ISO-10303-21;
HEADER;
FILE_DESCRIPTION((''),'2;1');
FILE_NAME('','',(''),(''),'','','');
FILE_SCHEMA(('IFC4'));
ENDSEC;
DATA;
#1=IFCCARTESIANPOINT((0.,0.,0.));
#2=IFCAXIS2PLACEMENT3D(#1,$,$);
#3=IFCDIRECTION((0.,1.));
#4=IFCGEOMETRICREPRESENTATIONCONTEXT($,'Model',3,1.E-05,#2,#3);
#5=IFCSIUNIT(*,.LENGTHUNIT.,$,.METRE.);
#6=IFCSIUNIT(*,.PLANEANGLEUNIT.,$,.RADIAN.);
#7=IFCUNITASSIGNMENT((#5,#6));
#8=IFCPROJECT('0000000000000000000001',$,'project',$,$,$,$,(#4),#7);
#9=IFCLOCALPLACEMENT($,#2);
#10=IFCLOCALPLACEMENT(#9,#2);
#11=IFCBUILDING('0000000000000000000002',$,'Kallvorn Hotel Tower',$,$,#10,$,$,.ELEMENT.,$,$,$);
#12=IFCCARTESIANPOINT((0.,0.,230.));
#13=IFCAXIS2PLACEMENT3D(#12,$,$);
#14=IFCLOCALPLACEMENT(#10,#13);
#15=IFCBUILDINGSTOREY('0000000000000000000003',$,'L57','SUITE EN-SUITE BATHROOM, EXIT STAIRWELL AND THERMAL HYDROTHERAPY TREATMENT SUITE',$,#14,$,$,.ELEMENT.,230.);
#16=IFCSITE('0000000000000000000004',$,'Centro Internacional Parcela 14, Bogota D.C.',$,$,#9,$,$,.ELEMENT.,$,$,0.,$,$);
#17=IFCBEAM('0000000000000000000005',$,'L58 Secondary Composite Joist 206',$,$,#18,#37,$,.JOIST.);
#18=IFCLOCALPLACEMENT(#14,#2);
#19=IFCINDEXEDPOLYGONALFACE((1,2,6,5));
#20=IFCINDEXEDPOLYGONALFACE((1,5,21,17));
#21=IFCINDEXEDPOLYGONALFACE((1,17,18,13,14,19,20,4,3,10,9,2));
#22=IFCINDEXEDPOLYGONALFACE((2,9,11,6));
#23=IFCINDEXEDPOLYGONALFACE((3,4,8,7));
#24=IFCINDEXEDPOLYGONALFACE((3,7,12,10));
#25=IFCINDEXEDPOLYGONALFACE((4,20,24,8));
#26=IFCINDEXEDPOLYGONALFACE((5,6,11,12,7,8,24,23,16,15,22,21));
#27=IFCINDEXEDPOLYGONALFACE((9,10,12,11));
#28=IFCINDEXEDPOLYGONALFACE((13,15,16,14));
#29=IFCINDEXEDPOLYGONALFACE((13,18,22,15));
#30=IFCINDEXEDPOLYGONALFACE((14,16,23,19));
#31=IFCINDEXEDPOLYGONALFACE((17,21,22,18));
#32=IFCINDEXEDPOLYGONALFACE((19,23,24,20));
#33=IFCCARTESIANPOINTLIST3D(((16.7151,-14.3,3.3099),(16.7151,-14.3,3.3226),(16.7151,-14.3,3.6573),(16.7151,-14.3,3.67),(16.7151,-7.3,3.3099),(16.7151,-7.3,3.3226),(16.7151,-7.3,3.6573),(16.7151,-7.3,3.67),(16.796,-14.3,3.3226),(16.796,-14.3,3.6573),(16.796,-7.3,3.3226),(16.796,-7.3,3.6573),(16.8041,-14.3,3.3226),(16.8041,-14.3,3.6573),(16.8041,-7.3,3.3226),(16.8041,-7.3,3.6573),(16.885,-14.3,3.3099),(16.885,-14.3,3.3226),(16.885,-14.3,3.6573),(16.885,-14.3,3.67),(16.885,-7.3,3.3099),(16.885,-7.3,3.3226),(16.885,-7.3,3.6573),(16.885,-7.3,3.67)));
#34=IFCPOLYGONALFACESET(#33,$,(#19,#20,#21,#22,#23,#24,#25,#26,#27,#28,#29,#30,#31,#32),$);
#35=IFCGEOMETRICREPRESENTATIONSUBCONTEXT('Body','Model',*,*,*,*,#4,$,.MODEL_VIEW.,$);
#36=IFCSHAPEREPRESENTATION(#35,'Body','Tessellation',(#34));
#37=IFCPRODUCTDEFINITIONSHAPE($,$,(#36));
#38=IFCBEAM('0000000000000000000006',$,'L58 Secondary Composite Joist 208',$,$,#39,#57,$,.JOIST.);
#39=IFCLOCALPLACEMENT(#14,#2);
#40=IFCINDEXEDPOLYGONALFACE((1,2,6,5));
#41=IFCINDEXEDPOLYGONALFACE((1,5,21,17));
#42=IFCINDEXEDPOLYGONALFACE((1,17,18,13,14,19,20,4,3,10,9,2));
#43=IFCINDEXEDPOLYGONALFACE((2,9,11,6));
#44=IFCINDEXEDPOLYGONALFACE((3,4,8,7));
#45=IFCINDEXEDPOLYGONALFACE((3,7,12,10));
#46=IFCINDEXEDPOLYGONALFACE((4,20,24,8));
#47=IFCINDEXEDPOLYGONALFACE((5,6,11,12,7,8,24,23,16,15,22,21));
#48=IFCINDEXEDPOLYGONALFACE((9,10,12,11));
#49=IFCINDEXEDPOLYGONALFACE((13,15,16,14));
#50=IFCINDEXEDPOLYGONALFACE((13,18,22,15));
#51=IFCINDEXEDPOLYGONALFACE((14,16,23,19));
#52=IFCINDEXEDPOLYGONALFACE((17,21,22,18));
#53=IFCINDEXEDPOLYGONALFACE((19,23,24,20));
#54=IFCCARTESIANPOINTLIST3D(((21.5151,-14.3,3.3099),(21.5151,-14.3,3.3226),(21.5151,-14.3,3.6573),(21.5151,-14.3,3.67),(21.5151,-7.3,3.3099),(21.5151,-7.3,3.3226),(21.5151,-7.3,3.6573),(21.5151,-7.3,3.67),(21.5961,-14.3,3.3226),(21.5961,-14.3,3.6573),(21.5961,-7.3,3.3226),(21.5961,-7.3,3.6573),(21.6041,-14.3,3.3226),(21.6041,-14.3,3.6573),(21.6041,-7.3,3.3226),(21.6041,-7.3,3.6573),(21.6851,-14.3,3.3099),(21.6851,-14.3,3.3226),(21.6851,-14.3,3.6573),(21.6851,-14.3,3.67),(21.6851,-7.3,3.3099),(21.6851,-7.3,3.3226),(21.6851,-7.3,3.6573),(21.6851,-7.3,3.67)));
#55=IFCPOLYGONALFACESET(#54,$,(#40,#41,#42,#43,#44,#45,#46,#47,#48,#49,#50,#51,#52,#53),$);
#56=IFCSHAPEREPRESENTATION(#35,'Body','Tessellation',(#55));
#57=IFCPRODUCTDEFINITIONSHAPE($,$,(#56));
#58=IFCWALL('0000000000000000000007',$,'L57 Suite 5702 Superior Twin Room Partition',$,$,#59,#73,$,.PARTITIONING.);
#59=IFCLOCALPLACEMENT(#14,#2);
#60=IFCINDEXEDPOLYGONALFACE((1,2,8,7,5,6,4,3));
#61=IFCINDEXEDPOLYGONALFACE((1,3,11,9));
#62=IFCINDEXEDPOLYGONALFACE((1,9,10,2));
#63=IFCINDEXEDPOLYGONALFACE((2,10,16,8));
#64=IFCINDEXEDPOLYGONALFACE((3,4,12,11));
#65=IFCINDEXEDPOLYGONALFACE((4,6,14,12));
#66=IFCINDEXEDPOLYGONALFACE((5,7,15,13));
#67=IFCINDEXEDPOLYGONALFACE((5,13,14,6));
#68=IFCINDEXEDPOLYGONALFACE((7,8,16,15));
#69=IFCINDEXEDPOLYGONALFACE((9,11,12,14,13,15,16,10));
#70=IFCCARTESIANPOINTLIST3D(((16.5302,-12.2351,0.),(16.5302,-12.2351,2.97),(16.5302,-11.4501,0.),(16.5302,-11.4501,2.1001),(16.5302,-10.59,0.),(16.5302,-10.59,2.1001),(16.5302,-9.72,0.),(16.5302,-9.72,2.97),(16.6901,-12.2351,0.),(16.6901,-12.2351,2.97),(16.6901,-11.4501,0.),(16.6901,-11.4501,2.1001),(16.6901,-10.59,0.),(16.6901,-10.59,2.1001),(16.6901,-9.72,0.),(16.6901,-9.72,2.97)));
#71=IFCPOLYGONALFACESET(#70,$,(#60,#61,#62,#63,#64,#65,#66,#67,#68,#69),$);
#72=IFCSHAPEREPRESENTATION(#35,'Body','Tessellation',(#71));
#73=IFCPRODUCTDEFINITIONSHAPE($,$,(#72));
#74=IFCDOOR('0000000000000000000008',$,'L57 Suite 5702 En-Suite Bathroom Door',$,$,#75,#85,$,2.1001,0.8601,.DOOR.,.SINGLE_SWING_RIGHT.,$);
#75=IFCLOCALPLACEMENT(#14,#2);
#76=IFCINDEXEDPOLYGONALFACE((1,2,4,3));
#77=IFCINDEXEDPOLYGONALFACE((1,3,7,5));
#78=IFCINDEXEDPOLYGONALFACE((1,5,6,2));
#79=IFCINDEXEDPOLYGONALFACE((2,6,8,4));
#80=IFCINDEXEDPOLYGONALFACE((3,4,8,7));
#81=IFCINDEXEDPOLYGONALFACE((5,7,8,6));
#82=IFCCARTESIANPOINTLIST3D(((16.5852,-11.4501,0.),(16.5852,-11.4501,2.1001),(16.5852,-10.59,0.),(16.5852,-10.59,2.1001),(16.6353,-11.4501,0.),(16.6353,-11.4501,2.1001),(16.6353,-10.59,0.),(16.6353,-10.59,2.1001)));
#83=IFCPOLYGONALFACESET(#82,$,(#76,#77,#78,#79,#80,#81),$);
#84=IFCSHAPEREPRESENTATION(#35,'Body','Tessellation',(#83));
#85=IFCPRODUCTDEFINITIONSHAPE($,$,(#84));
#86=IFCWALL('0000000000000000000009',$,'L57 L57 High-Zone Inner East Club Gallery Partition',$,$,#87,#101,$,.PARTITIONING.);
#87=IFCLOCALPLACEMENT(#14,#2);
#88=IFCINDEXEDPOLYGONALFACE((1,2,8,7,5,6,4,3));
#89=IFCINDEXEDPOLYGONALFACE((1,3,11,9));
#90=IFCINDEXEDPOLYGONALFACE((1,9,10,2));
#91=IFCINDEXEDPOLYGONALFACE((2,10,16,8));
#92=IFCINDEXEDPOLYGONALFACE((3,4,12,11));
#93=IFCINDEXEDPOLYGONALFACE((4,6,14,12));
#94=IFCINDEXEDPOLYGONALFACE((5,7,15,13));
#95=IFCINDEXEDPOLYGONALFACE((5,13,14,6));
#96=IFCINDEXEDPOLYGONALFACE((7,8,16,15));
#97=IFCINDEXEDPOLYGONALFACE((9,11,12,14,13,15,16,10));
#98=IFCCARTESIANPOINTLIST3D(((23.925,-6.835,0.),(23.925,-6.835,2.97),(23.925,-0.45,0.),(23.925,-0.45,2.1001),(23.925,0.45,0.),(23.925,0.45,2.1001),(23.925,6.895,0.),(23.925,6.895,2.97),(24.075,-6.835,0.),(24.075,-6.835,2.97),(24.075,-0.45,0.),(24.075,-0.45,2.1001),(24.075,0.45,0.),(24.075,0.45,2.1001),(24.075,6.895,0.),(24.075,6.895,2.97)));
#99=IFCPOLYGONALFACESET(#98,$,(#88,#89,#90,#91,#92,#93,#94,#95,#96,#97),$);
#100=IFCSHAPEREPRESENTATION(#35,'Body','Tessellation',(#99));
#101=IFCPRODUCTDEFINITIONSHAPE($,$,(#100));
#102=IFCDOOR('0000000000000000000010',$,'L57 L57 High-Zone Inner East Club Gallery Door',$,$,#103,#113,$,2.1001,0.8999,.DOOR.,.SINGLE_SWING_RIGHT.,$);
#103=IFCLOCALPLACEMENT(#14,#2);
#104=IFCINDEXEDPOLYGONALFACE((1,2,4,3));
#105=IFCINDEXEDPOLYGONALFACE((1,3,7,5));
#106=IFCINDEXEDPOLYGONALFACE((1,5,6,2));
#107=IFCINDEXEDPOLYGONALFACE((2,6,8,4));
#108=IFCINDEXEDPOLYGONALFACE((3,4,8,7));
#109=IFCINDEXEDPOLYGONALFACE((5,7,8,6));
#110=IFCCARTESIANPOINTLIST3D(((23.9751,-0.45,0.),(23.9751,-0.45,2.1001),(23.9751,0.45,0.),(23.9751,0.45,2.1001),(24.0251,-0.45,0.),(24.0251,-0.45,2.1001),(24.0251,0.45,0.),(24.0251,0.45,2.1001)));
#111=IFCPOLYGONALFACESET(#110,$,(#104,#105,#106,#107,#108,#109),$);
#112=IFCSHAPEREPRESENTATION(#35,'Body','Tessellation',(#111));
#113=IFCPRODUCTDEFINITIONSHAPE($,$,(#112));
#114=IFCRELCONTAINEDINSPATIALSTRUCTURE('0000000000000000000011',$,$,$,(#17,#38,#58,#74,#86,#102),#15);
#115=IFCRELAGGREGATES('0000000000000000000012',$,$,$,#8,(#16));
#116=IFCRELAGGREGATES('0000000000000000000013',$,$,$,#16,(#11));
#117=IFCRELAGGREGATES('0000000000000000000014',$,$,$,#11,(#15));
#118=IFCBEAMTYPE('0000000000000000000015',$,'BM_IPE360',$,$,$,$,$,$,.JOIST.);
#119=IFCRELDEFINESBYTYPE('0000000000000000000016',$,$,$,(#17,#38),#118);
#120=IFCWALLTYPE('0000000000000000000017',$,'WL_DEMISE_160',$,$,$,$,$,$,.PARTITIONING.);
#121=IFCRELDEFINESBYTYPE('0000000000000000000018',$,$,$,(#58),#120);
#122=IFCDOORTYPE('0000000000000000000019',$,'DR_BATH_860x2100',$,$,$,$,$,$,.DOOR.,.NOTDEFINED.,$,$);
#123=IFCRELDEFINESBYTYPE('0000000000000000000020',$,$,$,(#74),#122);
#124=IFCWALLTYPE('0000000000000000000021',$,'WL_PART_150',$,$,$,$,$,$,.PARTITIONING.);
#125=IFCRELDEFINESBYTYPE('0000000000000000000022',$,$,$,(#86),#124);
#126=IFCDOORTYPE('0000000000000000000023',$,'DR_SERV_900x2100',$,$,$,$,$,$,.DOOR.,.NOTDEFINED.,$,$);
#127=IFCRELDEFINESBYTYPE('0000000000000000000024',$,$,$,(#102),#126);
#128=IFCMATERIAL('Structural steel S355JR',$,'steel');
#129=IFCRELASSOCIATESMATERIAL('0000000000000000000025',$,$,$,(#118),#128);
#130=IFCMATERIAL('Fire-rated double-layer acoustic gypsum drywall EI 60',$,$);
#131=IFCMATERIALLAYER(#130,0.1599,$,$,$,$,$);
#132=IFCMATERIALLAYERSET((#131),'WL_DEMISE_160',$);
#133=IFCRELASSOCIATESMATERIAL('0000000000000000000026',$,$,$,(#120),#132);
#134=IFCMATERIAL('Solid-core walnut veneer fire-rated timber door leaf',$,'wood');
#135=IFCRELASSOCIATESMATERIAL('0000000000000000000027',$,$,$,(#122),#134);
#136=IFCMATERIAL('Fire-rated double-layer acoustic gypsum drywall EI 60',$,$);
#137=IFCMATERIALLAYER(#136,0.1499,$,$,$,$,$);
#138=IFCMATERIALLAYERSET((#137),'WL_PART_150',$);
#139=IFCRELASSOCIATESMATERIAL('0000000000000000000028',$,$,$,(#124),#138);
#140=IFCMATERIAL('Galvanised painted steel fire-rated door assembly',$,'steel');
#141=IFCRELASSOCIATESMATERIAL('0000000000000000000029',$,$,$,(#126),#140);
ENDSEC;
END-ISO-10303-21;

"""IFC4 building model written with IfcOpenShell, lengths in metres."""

from ifc_helpers import new_model, si_unit, direction, frame, frame_2d, origin, origin_2d, place, context, subcontext, project, spatial, rectangle, i_section, extrude, material, layer, layer_set, material_profile, profile_set, type_object, element, fill, save


model = new_model("IFC4")

# Units and contexts
model_context = context("Model", 3, precision=1e-05, world=origin(), true_north=direction((0.0, 1.0)))
body_context = subcontext(model_context, "Body", "Model", "MODEL_VIEW")
ifc_project = project(units=[si_unit("LENGTHUNIT", "METRE"), si_unit("PLANEANGLEUNIT", "RADIAN")], contexts=[model_context])

# Site, building, storey
site_placement = place(None, origin())
site = spatial("IfcSite", under=ifc_project, at=site_placement, Name="Centro Internacional Parcela 14, Bogota D.C.", CompositionType="ELEMENT", RefElevation=0.0)
building_placement = place(site_placement, origin())
building = spatial("IfcBuilding", under=site, at=building_placement, Name="Kallvorn Hotel Tower", CompositionType="ELEMENT")
storey_placement = place(building_placement, frame((0.0, 0.0, 230.0)))
storey = spatial("IfcBuildingStorey", under=building, at=storey_placement, Name="L57", Description="SUITE EN-SUITE BATHROOM, EXIT STAIRWELL AND THERMAL HYDROTHERAPY TREATMENT SUITE", CompositionType="ELEMENT", Elevation=230.0)

# Beams
ifc_material_1 = material(Name="Structural steel S355JR", Category="steel")
ifc_material_profile_1 = material_profile(ifc_material_1, i_section(OverallWidth=0.1699, OverallDepth=0.3601, WebThickness=0.0081, FlangeThickness=0.0127, at=origin_2d()), Name="IPE 360")
ifc_profile_set_1 = profile_set([ifc_material_profile_1], Name="Structural steel S355JR")
beam_type_1 = type_object("IfcBeamType", Name="BM_IPE360", PredefinedType="JOIST", material=ifc_profile_set_1)
for number, where, z_axis, x_axis, name in (
    (1, (16.8, -14.3, 3.49), (0.0, 1.0, 0.0), (-1.0, 0.0, 0.0), "L58 Secondary Composite Joist 206"),
    (2, (21.6001, -14.3, 3.49), (0.0, 1.0, 0.0), (-1.0, 0.0, 0.0), "L58 Secondary Composite Joist 208"),
):
    element("IfcBeam", number, at=place(storey_placement, frame(where, z_axis=z_axis, x_axis=x_axis)), inside=storey, type_object=beam_type_1, Name=name, PredefinedType="JOIST", context=body_context, shape_type="SweptSolid", body=[
        extrude(i_section(OverallWidth=0.1699, OverallDepth=0.3601, WebThickness=0.0081, FlangeThickness=0.0127, at=origin_2d()), origin(), (0.0, 0.0, 1.0), 7.0),
    ])

# Walls, openings, doors
ifc_material_2 = material(Name="Fire-rated double-layer acoustic gypsum drywall EI 60")
ifc_layer_1 = layer(ifc_material_2, 0.1599)
ifc_layer_set_1 = layer_set([ifc_layer_1], Name="WL_DEMISE_160")
wall_type_1 = type_object("IfcWallType", Name="WL_DEMISE_160", PredefinedType="PARTITIONING", material=ifc_layer_set_1)
wall_1_placement = place(storey_placement, frame((16.6101, -12.2351, 0.0), z_axis=(0.0, 0.0, 1.0), x_axis=(0.0, 1.0, 0.0)))
wall_1 = element("IfcWall", 3, at=wall_1_placement, inside=storey, type_object=wall_type_1, Name="L57 Suite 5702 Superior Twin Room Partition", PredefinedType="PARTITIONING", context=body_context, shape_type="SweptSolid", body=[
    extrude(rectangle(XDim=2.5151, YDim=0.1599, at=frame_2d((1.2576, 0.0))), origin(), (0.0, 0.0, 1.0), 2.97),
])
opening_1_placement = place(wall_1_placement, frame((0.7849, 0.0, 0.0)))
opening_1 = element("IfcOpeningElement", 4, at=opening_1_placement, cuts=wall_1, PredefinedType="OPENING", context=body_context, shape_type="SweptSolid", body=[
    extrude(rectangle(XDim=0.8601, YDim=2.1001, at=frame_2d((0.4302, 1.05))), frame((0.0, 0.095, 0.0), z_axis=(0.0, -1.0, 0.0), x_axis=(1.0, 0.0, 0.0)), (0.0, 0.0, 1.0), 0.1899),
])
ifc_material_3 = material(Name="Solid-core walnut veneer fire-rated timber door leaf", Category="wood")
door_type_1 = type_object("IfcDoorType", Name="DR_BATH_860x2100", OperationType="NOTDEFINED", PredefinedType="DOOR", material=ifc_material_3)
door_1_placement = place(opening_1_placement, origin())
door_1 = element("IfcDoor", 5, at=door_1_placement, inside=storey, type_object=door_type_1, Name="L57 Suite 5702 En-Suite Bathroom Door", OperationType="SINGLE_SWING_RIGHT", OverallHeight=2.1001, OverallWidth=0.8601, PredefinedType="DOOR", context=body_context, shape_type="SweptSolid", body=[
    extrude(rectangle(XDim=0.8601, YDim=2.1001, at=frame_2d((0.4302, 1.05))), frame((0.0, 0.0249, 0.0), z_axis=(0.0, -1.0, 0.0), x_axis=(1.0, 0.0, 0.0)), (0.0, 0.0, 1.0), 0.05),
])
fill(opening_1, door_1)
ifc_material_4 = material(Name="Fire-rated double-layer acoustic gypsum drywall EI 60")
ifc_layer_2 = layer(ifc_material_4, 0.1499)
ifc_layer_set_2 = layer_set([ifc_layer_2], Name="WL_PART_150")
wall_type_2 = type_object("IfcWallType", Name="WL_PART_150", PredefinedType="PARTITIONING", material=ifc_layer_set_2)
wall_2_placement = place(storey_placement, frame((24.0, -6.835, 0.0), z_axis=(0.0, 0.0, 1.0), x_axis=(0.0, 1.0, 0.0)))
wall_2 = element("IfcWall", 6, at=wall_2_placement, inside=storey, type_object=wall_type_2, Name="L57 L57 High-Zone Inner East Club Gallery Partition", PredefinedType="PARTITIONING", context=body_context, shape_type="SweptSolid", body=[
    extrude(rectangle(XDim=13.73, YDim=0.1499, at=frame_2d((6.865, 0.0))), origin(), (0.0, 0.0, 1.0), 2.97),
])
opening_2_placement = place(wall_2_placement, frame((6.385, 0.0, 0.0)))
opening_2 = element("IfcOpeningElement", 7, at=opening_2_placement, cuts=wall_2, PredefinedType="OPENING", context=body_context, shape_type="SweptSolid", body=[
    extrude(rectangle(XDim=0.8999, YDim=2.1001, at=frame_2d((0.45, 1.05))), frame((0.0, 0.0898, 0.0), z_axis=(0.0, -1.0, 0.0), x_axis=(1.0, 0.0, 0.0)), (0.0, 0.0, 1.0), 0.1799),
])
ifc_material_5 = material(Name="Galvanised painted steel fire-rated door assembly", Category="steel")
door_type_2 = type_object("IfcDoorType", Name="DR_SERV_900x2100", OperationType="NOTDEFINED", PredefinedType="DOOR", material=ifc_material_5)
door_2_placement = place(opening_2_placement, origin())
door_2 = element("IfcDoor", 8, at=door_2_placement, inside=storey, type_object=door_type_2, Name="L57 L57 High-Zone Inner East Club Gallery Door", OperationType="SINGLE_SWING_RIGHT", OverallHeight=2.1001, OverallWidth=0.8999, PredefinedType="DOOR", context=body_context, shape_type="SweptSolid", body=[
    extrude(rectangle(XDim=0.8999, YDim=2.1001, at=frame_2d((0.45, 1.05))), frame((0.0, 0.0249, 0.0), z_axis=(0.0, -1.0, 0.0), x_axis=(1.0, 0.0, 0.0)), (0.0, 0.0, 1.0), 0.05),
])
fill(opening_2, door_2)

save(model, "model.ifc")
